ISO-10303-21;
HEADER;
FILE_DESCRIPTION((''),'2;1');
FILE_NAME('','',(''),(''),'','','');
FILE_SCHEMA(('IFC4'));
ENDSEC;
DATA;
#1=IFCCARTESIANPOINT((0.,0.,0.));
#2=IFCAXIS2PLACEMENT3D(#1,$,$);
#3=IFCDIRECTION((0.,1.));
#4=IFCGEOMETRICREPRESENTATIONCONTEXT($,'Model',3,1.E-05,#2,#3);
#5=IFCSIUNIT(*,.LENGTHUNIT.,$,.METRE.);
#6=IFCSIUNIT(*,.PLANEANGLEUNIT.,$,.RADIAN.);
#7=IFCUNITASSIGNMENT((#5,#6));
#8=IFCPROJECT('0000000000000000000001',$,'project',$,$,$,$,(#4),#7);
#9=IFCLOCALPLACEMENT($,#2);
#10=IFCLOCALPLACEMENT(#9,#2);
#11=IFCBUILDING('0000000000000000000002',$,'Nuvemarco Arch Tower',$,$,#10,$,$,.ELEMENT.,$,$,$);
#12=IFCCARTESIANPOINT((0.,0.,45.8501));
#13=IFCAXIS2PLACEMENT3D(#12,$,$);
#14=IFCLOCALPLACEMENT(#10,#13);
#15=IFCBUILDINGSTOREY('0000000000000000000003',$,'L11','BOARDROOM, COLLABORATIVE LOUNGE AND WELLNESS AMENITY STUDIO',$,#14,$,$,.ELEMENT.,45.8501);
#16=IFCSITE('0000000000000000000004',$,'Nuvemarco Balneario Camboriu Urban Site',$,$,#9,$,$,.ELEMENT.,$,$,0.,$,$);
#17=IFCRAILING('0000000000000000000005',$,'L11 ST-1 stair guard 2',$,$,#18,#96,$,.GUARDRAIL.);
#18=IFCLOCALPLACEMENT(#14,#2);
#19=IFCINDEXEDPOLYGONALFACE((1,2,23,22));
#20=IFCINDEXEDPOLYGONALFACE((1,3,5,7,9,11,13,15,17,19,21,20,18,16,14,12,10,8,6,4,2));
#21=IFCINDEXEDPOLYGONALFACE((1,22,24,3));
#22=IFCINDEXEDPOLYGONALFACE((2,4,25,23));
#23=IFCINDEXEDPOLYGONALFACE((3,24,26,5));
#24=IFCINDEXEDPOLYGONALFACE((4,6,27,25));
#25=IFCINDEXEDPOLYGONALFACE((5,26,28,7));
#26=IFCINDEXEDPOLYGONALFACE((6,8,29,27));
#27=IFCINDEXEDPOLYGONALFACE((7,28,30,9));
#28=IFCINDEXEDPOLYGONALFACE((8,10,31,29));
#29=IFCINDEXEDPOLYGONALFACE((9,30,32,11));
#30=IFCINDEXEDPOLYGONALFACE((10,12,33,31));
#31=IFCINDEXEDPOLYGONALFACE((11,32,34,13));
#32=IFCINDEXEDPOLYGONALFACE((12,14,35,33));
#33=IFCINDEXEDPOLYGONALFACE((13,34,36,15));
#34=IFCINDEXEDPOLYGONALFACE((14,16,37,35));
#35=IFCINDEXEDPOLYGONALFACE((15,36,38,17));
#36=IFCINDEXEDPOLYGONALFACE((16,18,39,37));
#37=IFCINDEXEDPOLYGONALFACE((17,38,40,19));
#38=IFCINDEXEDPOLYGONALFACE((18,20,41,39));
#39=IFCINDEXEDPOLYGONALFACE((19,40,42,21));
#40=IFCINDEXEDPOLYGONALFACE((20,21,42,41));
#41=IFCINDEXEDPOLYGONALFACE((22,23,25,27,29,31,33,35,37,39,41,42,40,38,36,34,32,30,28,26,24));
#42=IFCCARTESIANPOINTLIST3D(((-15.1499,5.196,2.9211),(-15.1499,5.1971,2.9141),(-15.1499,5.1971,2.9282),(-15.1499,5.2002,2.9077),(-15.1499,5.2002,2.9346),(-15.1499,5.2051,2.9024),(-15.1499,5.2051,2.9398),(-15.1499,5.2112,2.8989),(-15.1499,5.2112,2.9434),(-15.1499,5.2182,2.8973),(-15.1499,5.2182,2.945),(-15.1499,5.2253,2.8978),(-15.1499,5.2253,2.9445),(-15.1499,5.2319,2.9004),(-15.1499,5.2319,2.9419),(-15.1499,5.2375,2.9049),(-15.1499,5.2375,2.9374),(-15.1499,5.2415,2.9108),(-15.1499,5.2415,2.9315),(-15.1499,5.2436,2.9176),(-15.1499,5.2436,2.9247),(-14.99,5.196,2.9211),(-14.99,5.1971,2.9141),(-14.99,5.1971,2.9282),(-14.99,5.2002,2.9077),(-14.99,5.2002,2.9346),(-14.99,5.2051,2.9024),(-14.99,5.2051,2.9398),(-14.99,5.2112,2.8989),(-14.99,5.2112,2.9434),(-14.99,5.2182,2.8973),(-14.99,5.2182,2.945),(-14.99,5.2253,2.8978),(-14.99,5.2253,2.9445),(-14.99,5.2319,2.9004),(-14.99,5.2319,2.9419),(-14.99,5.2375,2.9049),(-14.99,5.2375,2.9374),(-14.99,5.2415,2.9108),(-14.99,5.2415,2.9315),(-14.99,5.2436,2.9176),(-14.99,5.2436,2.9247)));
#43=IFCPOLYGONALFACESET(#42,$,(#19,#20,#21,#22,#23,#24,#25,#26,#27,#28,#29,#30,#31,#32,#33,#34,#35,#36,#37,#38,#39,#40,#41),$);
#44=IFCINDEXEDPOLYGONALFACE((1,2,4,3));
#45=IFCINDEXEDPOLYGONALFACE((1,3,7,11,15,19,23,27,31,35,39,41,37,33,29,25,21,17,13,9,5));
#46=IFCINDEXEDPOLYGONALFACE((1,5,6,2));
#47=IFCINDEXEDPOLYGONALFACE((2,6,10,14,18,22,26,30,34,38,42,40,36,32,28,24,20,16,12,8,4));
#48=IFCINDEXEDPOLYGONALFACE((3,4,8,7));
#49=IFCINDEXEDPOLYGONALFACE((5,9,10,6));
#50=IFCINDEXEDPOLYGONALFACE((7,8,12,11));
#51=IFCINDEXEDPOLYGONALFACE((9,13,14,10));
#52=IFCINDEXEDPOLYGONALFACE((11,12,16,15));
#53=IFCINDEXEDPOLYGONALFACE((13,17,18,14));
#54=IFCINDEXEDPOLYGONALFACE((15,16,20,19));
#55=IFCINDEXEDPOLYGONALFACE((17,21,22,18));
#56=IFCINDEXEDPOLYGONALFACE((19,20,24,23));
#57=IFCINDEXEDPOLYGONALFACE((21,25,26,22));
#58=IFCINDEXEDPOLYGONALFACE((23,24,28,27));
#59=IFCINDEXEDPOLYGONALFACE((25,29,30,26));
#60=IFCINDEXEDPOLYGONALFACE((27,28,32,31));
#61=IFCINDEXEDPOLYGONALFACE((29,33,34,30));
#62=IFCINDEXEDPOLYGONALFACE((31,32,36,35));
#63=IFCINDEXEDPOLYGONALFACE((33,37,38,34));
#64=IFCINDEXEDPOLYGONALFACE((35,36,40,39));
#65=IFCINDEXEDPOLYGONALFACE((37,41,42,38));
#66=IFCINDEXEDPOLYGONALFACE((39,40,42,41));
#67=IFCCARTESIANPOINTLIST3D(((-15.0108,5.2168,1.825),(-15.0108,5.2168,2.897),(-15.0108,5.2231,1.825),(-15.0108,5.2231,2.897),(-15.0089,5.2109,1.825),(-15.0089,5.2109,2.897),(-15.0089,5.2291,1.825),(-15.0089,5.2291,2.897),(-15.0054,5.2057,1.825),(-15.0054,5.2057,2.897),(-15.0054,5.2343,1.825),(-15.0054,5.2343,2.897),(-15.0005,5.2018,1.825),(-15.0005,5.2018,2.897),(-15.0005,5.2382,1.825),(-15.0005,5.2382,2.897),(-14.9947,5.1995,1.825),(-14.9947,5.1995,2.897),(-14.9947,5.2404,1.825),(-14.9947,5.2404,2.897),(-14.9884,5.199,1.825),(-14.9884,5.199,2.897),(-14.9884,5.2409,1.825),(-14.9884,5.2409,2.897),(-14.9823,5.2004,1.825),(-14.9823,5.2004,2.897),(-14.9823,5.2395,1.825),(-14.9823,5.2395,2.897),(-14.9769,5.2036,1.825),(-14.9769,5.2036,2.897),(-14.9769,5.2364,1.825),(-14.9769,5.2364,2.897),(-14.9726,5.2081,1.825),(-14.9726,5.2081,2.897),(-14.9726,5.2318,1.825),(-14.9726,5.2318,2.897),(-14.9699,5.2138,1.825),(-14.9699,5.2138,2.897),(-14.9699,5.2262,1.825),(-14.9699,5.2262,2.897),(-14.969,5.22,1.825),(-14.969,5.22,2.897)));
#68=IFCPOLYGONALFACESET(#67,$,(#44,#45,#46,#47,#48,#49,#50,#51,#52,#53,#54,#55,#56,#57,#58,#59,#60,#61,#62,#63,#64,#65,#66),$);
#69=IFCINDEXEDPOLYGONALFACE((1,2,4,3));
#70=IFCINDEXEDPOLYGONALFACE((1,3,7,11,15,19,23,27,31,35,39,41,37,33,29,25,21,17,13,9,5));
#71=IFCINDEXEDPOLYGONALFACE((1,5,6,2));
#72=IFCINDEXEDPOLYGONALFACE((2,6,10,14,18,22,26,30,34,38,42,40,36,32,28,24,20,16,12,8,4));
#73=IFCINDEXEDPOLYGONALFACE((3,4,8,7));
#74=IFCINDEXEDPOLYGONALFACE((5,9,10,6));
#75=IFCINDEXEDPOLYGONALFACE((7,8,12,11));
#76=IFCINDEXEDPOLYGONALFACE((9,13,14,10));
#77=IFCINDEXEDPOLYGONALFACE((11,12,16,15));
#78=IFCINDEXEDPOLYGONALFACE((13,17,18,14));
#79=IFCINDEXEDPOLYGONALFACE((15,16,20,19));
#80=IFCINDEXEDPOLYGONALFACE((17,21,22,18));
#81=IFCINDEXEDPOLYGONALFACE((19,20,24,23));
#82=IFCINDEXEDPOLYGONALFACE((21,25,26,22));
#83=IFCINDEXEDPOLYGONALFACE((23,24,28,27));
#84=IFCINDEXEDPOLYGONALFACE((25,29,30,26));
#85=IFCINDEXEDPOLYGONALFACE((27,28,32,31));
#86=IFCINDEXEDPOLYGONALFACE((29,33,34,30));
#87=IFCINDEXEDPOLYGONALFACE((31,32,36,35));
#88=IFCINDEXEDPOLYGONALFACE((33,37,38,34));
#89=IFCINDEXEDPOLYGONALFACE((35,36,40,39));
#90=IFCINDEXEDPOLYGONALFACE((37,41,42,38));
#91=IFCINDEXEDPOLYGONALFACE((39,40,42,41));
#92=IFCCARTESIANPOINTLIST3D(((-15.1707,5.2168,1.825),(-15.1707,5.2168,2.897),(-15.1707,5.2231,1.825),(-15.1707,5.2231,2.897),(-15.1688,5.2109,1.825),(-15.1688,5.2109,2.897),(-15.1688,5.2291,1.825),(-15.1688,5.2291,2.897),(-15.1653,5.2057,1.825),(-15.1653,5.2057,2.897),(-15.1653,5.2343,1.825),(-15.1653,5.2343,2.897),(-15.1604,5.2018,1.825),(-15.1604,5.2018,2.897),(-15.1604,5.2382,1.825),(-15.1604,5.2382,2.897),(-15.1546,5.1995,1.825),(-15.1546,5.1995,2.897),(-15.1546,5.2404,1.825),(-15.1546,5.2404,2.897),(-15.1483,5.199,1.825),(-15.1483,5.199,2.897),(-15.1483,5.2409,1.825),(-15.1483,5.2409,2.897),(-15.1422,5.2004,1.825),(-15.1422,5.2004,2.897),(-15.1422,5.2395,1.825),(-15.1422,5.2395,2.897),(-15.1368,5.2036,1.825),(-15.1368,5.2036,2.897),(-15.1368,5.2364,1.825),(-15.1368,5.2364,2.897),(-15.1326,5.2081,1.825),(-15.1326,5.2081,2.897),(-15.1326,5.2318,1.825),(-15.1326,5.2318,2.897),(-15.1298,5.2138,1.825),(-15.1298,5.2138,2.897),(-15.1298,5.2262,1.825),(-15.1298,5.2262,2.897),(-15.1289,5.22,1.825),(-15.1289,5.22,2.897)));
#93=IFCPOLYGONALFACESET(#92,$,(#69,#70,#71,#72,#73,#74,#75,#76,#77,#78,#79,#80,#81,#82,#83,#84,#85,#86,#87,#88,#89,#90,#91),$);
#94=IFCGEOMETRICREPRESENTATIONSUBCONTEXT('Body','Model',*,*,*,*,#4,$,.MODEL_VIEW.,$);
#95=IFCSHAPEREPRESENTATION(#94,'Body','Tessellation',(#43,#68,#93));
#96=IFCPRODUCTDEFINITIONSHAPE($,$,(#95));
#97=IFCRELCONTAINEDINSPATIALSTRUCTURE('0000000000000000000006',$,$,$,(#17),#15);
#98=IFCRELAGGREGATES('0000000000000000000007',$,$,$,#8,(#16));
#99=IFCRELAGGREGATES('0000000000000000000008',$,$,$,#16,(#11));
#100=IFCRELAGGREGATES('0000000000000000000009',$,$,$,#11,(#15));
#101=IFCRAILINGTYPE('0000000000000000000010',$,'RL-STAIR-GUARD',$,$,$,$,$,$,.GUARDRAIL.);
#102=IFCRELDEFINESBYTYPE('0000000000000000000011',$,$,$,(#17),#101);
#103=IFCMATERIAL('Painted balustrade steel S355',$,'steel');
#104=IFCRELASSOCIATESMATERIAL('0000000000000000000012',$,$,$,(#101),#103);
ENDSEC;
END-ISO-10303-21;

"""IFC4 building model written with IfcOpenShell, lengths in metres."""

from ifc_helpers import new_model, si_unit, direction, frame, origin, origin_2d, place, context, subcontext, project, spatial, circle, extrude, material, type_object, element, save


model = new_model("IFC4")

# Units and contexts
model_context = context("Model", 3, precision=1e-05, world=origin(), true_north=direction((0.0, 1.0)))
body_context = subcontext(model_context, "Body", "Model", "MODEL_VIEW")
ifc_project = project(units=[si_unit("LENGTHUNIT", "METRE"), si_unit("PLANEANGLEUNIT", "RADIAN")], contexts=[model_context])

# Site, building, storey
site_placement = place(None, origin())
site = spatial("IfcSite", under=ifc_project, at=site_placement, Name="Nuvemarco Balneario Camboriu Urban Site", CompositionType="ELEMENT", RefElevation=0.0)
building_placement = place(site_placement, origin())
building = spatial("IfcBuilding", under=site, at=building_placement, Name="Nuvemarco Arch Tower", CompositionType="ELEMENT")
storey_placement = place(building_placement, frame((0.0, 0.0, 45.8501)))
storey = spatial("IfcBuildingStorey", under=building, at=storey_placement, Name="L11", Description="BOARDROOM, COLLABORATIVE LOUNGE AND WELLNESS AMENITY STUDIO", CompositionType="ELEMENT", Elevation=45.8501)

# Railing
ifc_material_1 = material(Name="Painted balustrade steel S355", Category="steel")
railing_type_1 = type_object("IfcRailingType", Name="RL-STAIR-GUARD", PredefinedType="GUARDRAIL", material=ifc_material_1)
railing_1_placement = place(storey_placement, frame((-14.99, 5.22, 1.825)))
element("IfcRailing", 1, at=railing_1_placement, inside=storey, type_object=railing_type_1, Name="L11 ST-1 stair guard 2", PredefinedType="GUARDRAIL", context=body_context, shape_type="SweptSolid", body=[
    extrude(circle(Radius=0.0239, at=origin_2d()), frame((0.0, 0.0, 1.0962), z_axis=(-1.0, 0.0, 0.0), x_axis=(0.0, -1.0, 0.0)), (0.0, 0.0, 1.0), 0.1599),
    extrude(circle(Radius=0.021, at=origin_2d()), origin(), (0.0, 0.0, 1.0), 1.072),
    extrude(circle(Radius=0.021, at=origin_2d()), frame((-0.1599, 0.0, 0.0)), (0.0, 0.0, 1.0), 1.072),
])

save(model, "model.ifc")
